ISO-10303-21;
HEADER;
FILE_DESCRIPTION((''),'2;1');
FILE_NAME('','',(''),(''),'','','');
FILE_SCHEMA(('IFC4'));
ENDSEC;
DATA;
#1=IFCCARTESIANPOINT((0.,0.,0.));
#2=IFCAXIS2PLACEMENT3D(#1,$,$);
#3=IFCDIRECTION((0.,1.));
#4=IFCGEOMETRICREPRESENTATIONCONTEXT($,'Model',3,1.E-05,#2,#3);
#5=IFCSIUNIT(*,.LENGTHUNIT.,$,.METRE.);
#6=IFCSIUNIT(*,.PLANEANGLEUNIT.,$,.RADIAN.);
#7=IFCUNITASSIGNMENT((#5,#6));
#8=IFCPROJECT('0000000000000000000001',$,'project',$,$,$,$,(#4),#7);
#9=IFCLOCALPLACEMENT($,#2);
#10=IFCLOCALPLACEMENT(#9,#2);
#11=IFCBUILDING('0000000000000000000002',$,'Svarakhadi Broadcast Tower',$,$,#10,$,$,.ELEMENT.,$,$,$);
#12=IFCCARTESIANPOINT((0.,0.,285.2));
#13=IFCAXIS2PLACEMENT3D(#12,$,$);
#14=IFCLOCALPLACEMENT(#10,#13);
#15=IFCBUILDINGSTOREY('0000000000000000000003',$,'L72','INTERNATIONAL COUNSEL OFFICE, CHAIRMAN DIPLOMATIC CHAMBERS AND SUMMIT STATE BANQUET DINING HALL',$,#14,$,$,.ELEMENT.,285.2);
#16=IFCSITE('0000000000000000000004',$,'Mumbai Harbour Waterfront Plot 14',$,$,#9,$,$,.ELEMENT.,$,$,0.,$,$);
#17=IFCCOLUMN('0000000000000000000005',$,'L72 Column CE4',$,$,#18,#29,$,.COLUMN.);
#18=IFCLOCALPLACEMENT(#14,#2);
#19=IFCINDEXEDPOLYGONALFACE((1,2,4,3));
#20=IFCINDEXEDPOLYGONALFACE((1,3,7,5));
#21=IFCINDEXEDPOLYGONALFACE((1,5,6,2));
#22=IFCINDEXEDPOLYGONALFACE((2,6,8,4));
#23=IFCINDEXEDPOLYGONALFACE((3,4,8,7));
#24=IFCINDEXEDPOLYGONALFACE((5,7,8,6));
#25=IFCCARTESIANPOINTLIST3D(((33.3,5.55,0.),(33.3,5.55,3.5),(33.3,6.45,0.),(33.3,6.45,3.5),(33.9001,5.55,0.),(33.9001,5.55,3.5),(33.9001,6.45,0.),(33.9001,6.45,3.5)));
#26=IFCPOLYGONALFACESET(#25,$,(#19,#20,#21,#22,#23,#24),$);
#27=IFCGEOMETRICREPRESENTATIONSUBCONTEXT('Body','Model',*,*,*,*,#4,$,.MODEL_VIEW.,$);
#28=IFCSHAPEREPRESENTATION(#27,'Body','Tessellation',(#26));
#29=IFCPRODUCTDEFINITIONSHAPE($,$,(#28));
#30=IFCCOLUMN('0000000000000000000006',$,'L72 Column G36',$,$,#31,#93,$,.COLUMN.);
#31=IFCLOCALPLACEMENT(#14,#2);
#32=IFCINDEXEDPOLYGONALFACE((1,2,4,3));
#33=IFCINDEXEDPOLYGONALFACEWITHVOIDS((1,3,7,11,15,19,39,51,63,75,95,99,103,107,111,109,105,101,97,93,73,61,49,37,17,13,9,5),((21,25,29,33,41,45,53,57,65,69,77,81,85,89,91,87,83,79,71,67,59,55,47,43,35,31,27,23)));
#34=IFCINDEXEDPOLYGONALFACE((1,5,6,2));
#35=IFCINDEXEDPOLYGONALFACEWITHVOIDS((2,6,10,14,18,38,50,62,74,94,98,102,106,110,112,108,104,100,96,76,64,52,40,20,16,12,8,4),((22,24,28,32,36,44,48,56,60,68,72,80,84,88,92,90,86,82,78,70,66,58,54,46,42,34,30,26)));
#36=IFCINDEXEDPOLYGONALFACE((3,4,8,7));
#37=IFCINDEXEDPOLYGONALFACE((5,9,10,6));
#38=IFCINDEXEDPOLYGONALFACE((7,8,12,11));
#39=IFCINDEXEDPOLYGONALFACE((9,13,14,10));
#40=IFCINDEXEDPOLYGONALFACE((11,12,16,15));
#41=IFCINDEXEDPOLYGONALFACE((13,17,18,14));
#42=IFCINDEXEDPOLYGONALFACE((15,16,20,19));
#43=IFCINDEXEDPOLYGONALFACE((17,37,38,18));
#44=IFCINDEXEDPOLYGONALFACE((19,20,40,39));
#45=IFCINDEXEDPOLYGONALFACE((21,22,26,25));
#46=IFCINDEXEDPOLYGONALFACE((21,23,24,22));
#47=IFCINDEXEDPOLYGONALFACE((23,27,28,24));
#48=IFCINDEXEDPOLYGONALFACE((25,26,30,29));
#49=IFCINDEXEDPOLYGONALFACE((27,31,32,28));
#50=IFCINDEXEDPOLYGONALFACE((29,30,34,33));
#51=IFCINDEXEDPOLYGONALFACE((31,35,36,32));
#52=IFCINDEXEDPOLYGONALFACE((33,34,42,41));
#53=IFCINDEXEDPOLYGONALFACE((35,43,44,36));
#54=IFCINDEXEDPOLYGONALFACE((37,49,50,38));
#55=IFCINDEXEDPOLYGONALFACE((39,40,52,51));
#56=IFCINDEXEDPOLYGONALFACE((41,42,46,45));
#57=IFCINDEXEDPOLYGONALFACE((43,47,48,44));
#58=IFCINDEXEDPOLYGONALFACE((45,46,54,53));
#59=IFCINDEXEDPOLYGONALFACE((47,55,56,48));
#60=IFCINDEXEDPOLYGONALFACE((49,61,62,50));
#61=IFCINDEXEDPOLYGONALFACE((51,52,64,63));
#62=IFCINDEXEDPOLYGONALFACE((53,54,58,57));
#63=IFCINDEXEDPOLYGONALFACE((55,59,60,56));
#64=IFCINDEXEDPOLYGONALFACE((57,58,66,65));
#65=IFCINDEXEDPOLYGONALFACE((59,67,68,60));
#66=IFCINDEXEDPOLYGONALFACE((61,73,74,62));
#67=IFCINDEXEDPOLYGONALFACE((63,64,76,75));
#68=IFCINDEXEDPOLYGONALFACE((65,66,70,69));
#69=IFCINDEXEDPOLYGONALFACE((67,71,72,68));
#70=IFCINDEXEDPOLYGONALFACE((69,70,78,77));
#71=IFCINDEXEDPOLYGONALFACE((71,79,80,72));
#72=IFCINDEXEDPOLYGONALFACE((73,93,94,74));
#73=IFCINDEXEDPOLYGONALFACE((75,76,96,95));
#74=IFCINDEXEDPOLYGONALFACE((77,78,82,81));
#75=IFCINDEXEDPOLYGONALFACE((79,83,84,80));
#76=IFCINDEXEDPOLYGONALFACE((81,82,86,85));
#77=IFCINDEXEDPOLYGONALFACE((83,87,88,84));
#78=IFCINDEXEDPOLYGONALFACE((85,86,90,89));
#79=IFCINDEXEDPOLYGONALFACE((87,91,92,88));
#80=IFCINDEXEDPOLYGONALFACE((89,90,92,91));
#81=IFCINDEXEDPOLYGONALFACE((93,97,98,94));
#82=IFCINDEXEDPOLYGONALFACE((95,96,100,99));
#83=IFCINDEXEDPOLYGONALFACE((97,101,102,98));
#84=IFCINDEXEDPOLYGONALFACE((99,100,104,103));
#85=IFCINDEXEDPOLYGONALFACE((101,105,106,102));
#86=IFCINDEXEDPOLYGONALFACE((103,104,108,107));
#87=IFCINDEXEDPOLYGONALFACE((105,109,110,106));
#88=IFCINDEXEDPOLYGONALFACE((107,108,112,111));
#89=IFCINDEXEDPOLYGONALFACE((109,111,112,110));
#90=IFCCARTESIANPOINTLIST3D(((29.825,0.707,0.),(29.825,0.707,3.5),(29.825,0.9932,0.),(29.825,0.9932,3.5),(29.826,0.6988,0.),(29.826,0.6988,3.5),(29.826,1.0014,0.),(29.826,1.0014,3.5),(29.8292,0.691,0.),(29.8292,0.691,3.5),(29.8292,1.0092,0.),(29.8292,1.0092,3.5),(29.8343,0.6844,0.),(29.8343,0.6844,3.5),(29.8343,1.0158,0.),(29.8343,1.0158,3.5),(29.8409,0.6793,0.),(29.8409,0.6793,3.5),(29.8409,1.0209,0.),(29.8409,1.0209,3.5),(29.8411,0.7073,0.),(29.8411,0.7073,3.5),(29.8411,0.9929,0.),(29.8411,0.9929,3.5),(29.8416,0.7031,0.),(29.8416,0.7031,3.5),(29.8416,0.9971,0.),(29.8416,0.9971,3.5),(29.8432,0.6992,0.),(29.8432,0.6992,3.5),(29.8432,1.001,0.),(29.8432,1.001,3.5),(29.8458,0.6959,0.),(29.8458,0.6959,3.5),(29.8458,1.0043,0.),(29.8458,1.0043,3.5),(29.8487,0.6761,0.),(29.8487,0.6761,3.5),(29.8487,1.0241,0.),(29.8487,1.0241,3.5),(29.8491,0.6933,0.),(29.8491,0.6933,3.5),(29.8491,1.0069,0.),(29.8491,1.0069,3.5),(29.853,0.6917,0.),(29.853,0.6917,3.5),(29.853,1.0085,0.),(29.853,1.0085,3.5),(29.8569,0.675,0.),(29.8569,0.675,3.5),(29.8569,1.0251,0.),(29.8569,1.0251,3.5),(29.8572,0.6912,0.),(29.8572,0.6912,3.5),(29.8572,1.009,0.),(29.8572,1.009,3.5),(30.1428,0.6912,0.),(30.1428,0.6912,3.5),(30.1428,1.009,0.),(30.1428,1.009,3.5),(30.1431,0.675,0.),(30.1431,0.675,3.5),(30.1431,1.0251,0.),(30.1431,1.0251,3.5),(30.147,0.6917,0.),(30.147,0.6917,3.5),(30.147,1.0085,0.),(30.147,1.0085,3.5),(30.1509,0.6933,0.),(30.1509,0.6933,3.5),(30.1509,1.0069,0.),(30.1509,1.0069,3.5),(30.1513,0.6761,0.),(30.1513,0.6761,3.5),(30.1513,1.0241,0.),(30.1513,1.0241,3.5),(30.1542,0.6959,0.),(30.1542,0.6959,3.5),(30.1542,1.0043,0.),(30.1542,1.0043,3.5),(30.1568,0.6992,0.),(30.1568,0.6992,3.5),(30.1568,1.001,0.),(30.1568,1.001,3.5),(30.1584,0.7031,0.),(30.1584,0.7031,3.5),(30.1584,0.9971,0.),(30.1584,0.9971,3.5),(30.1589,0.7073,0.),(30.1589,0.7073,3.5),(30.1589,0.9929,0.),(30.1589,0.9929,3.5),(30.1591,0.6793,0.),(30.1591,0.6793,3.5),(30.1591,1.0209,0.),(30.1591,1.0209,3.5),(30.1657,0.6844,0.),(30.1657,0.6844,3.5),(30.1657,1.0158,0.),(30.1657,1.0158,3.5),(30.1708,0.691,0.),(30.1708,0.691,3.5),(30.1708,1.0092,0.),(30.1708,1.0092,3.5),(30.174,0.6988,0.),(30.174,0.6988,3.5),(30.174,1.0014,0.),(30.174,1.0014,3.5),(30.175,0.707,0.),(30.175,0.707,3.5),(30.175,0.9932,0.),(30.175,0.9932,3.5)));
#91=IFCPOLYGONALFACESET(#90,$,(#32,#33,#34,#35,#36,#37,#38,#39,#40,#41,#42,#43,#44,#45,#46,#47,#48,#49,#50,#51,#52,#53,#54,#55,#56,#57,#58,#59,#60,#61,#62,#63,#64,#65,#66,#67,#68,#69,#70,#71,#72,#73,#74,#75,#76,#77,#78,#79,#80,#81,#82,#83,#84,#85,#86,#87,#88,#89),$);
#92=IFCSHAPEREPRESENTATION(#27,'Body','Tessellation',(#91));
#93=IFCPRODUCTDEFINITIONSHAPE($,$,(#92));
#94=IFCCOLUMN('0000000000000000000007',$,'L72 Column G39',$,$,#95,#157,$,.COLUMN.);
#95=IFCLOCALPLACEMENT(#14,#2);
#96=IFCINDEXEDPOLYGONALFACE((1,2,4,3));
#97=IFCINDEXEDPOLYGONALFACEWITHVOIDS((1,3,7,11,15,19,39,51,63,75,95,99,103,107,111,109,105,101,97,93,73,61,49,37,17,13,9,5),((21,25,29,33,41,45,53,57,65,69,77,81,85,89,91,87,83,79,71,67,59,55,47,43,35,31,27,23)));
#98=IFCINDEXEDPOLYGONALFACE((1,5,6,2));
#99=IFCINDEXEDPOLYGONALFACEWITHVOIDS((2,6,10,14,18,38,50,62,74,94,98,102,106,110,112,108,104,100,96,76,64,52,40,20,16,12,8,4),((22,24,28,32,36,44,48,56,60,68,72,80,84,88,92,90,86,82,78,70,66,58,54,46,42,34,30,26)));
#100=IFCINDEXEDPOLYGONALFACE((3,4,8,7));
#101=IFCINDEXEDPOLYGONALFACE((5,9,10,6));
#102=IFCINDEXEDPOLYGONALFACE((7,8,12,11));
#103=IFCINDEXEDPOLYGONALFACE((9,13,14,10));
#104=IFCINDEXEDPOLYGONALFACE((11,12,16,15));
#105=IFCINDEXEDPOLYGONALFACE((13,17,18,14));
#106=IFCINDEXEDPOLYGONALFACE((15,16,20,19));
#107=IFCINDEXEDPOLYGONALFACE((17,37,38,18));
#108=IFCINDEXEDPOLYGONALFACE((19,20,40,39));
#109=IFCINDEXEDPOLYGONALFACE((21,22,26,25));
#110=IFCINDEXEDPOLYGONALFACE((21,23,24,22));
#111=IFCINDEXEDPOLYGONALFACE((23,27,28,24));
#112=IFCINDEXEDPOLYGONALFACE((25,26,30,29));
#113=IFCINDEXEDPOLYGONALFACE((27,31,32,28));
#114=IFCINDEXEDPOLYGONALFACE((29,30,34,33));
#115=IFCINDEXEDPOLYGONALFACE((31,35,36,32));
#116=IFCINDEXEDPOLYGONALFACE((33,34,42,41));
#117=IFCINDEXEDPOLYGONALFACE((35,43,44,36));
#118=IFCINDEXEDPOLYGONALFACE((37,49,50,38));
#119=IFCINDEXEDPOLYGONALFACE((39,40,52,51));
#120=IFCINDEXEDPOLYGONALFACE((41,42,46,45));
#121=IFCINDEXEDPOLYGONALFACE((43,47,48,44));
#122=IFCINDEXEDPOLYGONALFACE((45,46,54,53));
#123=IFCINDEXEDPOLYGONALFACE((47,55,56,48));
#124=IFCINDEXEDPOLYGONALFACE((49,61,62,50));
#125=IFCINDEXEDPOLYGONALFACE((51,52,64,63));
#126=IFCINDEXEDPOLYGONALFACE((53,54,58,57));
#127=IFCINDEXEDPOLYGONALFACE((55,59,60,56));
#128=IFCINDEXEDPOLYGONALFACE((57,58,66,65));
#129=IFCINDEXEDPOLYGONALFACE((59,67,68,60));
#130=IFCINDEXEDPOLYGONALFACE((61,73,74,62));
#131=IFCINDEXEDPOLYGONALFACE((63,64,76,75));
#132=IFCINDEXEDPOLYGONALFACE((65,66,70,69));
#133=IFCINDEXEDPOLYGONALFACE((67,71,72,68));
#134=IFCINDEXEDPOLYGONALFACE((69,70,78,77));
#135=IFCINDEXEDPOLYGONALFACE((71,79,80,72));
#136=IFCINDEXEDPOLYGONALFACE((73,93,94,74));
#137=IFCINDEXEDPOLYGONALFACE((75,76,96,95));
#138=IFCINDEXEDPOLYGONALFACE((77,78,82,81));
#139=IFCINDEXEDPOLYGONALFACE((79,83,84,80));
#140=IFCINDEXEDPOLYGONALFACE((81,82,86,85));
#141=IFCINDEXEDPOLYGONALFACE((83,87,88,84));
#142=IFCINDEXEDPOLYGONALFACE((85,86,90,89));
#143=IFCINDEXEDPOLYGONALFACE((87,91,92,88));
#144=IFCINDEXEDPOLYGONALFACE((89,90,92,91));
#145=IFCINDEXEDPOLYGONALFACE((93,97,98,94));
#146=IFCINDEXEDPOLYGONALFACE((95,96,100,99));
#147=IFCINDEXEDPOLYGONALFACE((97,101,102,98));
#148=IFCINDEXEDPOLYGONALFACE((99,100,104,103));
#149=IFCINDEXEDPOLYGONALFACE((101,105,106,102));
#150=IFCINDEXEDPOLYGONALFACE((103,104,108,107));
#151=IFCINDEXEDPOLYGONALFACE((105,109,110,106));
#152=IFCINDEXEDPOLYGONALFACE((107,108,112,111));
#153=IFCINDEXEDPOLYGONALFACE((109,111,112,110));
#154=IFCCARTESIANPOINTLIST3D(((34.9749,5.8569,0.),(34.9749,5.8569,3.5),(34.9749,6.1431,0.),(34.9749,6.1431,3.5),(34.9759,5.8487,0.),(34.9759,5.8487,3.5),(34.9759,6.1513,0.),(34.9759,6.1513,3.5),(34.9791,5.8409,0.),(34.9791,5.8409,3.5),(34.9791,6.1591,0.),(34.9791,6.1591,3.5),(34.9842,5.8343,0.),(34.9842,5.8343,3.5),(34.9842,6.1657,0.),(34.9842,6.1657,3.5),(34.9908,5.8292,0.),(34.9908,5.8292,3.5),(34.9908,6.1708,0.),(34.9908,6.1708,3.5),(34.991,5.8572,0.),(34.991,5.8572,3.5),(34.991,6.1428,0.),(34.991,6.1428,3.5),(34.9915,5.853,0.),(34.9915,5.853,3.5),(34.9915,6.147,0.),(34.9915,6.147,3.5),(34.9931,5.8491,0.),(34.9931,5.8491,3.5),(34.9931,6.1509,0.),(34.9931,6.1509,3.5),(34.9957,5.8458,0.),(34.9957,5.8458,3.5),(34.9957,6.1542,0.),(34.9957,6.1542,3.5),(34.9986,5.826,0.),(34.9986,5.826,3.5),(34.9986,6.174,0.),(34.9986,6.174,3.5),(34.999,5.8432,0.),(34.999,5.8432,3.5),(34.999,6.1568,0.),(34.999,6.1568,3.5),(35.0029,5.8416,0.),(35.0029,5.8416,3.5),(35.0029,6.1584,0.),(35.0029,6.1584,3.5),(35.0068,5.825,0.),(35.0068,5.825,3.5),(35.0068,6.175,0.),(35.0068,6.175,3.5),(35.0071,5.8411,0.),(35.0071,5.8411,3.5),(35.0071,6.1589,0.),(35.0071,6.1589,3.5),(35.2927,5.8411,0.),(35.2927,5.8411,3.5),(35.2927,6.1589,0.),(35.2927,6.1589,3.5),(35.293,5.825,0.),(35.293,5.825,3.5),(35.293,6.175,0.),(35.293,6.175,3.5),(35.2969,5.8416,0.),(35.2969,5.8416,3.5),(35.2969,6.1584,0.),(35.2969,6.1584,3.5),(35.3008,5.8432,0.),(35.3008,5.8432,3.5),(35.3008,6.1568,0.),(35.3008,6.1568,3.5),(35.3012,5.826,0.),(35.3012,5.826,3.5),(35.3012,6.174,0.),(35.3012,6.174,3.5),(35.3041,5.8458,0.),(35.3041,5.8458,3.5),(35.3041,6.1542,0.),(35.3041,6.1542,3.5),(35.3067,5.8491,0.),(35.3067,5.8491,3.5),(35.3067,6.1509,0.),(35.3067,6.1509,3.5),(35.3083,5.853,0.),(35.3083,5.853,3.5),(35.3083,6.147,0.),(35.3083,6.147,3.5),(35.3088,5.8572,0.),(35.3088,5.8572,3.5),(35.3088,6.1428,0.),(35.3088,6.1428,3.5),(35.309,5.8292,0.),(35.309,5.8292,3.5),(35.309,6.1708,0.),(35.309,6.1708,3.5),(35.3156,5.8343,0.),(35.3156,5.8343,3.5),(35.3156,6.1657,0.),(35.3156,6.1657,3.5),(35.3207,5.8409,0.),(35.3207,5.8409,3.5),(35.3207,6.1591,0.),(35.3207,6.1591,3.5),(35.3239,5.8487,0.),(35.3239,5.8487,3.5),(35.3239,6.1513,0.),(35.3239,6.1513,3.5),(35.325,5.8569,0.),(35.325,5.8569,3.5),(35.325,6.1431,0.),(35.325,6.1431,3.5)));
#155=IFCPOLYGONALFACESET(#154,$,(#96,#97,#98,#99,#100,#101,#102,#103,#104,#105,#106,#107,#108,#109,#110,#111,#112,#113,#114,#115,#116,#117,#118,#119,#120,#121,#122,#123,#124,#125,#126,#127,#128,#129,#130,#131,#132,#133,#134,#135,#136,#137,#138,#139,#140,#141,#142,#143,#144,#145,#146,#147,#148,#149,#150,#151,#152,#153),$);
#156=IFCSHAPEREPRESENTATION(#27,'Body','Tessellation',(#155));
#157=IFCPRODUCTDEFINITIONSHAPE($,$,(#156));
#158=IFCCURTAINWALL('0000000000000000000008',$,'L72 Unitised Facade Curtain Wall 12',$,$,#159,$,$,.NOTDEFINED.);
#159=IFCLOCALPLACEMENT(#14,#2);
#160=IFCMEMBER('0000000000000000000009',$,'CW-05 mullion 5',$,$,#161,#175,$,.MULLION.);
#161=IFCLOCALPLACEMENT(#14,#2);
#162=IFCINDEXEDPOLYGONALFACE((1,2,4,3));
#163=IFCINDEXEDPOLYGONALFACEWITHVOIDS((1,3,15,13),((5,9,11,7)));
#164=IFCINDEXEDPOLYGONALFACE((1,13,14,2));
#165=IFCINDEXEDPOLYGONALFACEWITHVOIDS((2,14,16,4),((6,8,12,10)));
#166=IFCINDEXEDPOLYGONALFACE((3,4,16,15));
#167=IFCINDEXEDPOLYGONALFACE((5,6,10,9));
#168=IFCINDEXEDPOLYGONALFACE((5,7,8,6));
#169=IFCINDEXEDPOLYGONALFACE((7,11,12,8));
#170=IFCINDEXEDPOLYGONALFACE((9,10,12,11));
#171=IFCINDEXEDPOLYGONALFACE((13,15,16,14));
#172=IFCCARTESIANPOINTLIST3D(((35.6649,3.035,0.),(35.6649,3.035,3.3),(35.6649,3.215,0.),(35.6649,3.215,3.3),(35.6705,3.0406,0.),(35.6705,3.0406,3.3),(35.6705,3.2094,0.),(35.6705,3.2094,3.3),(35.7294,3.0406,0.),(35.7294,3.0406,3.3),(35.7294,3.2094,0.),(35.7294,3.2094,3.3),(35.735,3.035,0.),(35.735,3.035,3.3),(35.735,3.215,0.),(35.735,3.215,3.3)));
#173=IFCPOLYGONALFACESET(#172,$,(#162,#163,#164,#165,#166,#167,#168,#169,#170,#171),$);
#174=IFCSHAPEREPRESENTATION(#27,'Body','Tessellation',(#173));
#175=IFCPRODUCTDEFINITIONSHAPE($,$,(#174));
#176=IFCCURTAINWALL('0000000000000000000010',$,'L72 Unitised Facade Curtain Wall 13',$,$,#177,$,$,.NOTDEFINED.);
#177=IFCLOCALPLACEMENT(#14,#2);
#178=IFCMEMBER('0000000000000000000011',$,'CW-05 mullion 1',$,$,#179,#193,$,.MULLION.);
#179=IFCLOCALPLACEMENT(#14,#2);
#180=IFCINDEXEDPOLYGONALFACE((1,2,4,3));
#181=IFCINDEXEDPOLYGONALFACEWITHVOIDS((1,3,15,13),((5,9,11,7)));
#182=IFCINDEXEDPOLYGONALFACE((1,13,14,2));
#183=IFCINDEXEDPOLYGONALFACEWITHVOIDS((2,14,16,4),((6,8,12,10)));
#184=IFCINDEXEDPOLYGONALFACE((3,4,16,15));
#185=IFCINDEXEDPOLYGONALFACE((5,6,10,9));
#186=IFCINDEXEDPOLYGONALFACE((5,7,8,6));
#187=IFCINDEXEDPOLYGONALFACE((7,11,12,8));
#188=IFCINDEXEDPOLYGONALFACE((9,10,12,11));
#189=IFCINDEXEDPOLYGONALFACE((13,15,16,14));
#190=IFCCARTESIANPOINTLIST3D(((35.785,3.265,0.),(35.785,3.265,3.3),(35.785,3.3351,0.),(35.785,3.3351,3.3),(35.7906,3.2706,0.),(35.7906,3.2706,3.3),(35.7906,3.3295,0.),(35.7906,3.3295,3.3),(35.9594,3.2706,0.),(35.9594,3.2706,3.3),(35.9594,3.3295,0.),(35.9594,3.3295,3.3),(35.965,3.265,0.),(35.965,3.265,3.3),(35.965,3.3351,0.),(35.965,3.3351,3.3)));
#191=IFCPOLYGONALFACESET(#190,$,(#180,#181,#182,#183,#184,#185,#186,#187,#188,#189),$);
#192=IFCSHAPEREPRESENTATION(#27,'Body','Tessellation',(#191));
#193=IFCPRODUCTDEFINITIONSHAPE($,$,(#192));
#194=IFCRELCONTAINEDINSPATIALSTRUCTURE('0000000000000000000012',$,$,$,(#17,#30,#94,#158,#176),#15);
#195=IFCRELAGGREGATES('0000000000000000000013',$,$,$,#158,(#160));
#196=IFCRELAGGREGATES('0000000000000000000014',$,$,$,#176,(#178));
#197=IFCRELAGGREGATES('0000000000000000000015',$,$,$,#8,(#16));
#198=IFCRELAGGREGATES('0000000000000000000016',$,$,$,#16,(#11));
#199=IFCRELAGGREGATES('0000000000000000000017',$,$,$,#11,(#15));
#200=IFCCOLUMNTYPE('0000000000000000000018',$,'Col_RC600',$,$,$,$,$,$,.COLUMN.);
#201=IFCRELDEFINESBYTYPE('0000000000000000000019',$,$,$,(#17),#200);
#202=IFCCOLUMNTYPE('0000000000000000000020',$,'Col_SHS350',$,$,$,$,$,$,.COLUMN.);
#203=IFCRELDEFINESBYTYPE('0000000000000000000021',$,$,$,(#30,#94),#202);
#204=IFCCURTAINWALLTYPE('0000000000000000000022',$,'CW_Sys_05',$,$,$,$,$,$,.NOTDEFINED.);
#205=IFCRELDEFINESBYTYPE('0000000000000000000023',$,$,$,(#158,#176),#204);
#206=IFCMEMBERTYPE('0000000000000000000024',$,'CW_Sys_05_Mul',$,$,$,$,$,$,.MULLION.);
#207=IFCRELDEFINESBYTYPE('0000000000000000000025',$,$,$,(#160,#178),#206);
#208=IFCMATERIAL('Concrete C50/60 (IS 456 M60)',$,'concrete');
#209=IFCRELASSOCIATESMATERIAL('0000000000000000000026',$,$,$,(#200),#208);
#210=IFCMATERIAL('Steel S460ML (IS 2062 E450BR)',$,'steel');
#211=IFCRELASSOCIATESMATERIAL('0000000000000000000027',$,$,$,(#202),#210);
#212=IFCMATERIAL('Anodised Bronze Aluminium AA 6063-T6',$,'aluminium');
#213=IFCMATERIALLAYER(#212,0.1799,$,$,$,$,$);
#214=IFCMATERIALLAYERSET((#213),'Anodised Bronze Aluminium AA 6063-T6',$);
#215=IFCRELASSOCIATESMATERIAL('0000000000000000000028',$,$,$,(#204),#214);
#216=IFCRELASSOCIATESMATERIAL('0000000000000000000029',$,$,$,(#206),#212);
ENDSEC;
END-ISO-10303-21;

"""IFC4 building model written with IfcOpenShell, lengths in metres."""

from ifc_helpers import new_model, si_unit, direction, frame, origin, origin_2d, place, context, subcontext, project, spatial, rectangle, hollow_rectangle, extrude, material, layer, layer_set, material_profile, profile_set, type_object, element, aggregate, save


model = new_model("IFC4")

# Units and contexts
model_context = context("Model", 3, precision=1e-05, world=origin(), true_north=direction((0.0, 1.0)))
body_context = subcontext(model_context, "Body", "Model", "MODEL_VIEW")
ifc_project = project(units=[si_unit("LENGTHUNIT", "METRE"), si_unit("PLANEANGLEUNIT", "RADIAN")], contexts=[model_context])

# Site, building, storey
site_placement = place(None, origin())
site = spatial("IfcSite", under=ifc_project, at=site_placement, Name="Mumbai Harbour Waterfront Plot 14", CompositionType="ELEMENT", RefElevation=0.0)
building_placement = place(site_placement, origin())
building = spatial("IfcBuilding", under=site, at=building_placement, Name="Svarakhadi Broadcast Tower", CompositionType="ELEMENT")
storey_placement = place(building_placement, frame((0.0, 0.0, 285.2)))
storey = spatial("IfcBuildingStorey", under=building, at=storey_placement, Name="L72", Description="INTERNATIONAL COUNSEL OFFICE, CHAIRMAN DIPLOMATIC CHAMBERS AND SUMMIT STATE BANQUET DINING HALL", CompositionType="ELEMENT", Elevation=285.2)

# Columns
ifc_material_1 = material(Name="Concrete C50/60 (IS 456 M60)", Category="concrete")
ifc_material_profile_1 = material_profile(ifc_material_1, rectangle(XDim=0.6001, YDim=0.8999, at=origin_2d()), Name="RC 600x900")
ifc_profile_set_1 = profile_set([ifc_material_profile_1], Name="Concrete C50/60 (IS 456 M60)")
column_type_1 = type_object("IfcColumnType", Name="Col_RC600", PredefinedType="COLUMN", material=ifc_profile_set_1)
column_placement = place(storey_placement, frame((33.6001, 6.0, 0.0), z_axis=(0.0, 0.0, 1.0), x_axis=(1.0, 0.0, 0.0)))
element("IfcColumn", 1, at=column_placement, inside=storey, type_object=column_type_1, Name="L72 Column CE4", PredefinedType="COLUMN", context=body_context, shape_type="SweptSolid", body=[
    extrude(rectangle(XDim=0.6001, YDim=0.8999, at=origin_2d()), origin(), (0.0, 0.0, 1.0), 3.5),
])
ifc_material_2 = material(Name="Steel S460ML (IS 2062 E450BR)", Category="steel")
ifc_material_profile_2 = material_profile(ifc_material_2, hollow_rectangle(XDim=0.3501, YDim=0.3501, WallThickness=0.0161, InnerFilletRadius=0.0161, OuterFilletRadius=0.032, at=origin_2d()), Name="SHS 350x350x16")
ifc_profile_set_2 = profile_set([ifc_material_profile_2], Name="Steel S460ML (IS 2062 E450BR)")
column_type_2 = type_object("IfcColumnType", Name="Col_SHS350", PredefinedType="COLUMN", material=ifc_profile_set_2)
for number, where, z_axis, x_axis, name in (
    (2, (30.0, 0.8501, 0.0), (0.0, 0.0, 1.0), (1.0, 0.0, 0.0), "L72 Column G36"),
    (3, (35.1499, 6.0, 0.0), (0.0, 0.0, 1.0), (1.0, 0.0, 0.0), "L72 Column G39"),
):
    element("IfcColumn", number, at=place(storey_placement, frame(where, z_axis=z_axis, x_axis=x_axis)), inside=storey, type_object=column_type_2, Name=name, PredefinedType="COLUMN", context=body_context, shape_type="SweptSolid", body=[
        extrude(hollow_rectangle(XDim=0.3501, YDim=0.3501, WallThickness=0.0161, InnerFilletRadius=0.0161, OuterFilletRadius=0.032, at=origin_2d()), origin(), (0.0, 0.0, 1.0), 3.5),
    ])

# Curtain wall, member
ifc_material_3 = material(Name="Anodised Bronze Aluminium AA 6063-T6", Category="aluminium")
ifc_layer_1 = layer(ifc_material_3, 0.1799)
ifc_layer_set_1 = layer_set([ifc_layer_1], Name="Anodised Bronze Aluminium AA 6063-T6")
curtain_wall_type = type_object("IfcCurtainWallType", Name="CW_Sys_05", PredefinedType="NOTDEFINED", material=ifc_layer_set_1)
curtain_wall_1_placement = place(storey_placement, origin())
curtain_wall_1 = element("IfcCurtainWall", 4, at=curtain_wall_1_placement, inside=storey, type_object=curtain_wall_type, Name="L72 Unitised Facade Curtain Wall 12", PredefinedType="NOTDEFINED")
ifc_material_profile_3 = material_profile(ifc_material_3, hollow_rectangle(XDim=0.0701, YDim=0.1799, WallThickness=0.0056, at=origin_2d()), Name="ALU MULLION 180x70x6")
ifc_profile_set_3 = profile_set([ifc_material_profile_3], Name="Anodised Bronze Aluminium AA 6063-T6")
member_type_1 = type_object("IfcMemberType", Name="CW_Sys_05_Mul", PredefinedType="MULLION", material=ifc_profile_set_3)
member_1_placement = place(storey_placement, frame((35.7, 3.125, 0.0), z_axis=(0.0, 0.0, 1.0), x_axis=(1.0, 0.0, 0.0)))
member_1 = element("IfcMember", 5, at=member_1_placement, type_object=member_type_1, Name="CW-05 mullion 5", PredefinedType="MULLION", context=body_context, shape_type="SweptSolid", body=[
    extrude(hollow_rectangle(XDim=0.0701, YDim=0.1799, WallThickness=0.0056, at=origin_2d()), origin(), (0.0, 0.0, 1.0), 3.3),
])

# Curtain wall, member
curtain_wall_2_placement = place(storey_placement, origin())
curtain_wall_2 = element("IfcCurtainWall", 6, at=curtain_wall_2_placement, inside=storey, type_object=curtain_wall_type, Name="L72 Unitised Facade Curtain Wall 13", PredefinedType="NOTDEFINED")
member_2_placement = place(storey_placement, frame((35.875, 3.3, 0.0), z_axis=(0.0, 0.0, 1.0), x_axis=(0.0, -1.0, 0.0)))
member_2 = element("IfcMember", 7, at=member_2_placement, type_object=member_type_1, Name="CW-05 mullion 1", PredefinedType="MULLION", context=body_context, shape_type="SweptSolid", body=[
    extrude(hollow_rectangle(XDim=0.0701, YDim=0.1799, WallThickness=0.0056, at=origin_2d()), origin(), (0.0, 0.0, 1.0), 3.3),
])

aggregate(curtain_wall_1, [member_1])
aggregate(curtain_wall_2, [member_2])

save(model, "model.ifc")
